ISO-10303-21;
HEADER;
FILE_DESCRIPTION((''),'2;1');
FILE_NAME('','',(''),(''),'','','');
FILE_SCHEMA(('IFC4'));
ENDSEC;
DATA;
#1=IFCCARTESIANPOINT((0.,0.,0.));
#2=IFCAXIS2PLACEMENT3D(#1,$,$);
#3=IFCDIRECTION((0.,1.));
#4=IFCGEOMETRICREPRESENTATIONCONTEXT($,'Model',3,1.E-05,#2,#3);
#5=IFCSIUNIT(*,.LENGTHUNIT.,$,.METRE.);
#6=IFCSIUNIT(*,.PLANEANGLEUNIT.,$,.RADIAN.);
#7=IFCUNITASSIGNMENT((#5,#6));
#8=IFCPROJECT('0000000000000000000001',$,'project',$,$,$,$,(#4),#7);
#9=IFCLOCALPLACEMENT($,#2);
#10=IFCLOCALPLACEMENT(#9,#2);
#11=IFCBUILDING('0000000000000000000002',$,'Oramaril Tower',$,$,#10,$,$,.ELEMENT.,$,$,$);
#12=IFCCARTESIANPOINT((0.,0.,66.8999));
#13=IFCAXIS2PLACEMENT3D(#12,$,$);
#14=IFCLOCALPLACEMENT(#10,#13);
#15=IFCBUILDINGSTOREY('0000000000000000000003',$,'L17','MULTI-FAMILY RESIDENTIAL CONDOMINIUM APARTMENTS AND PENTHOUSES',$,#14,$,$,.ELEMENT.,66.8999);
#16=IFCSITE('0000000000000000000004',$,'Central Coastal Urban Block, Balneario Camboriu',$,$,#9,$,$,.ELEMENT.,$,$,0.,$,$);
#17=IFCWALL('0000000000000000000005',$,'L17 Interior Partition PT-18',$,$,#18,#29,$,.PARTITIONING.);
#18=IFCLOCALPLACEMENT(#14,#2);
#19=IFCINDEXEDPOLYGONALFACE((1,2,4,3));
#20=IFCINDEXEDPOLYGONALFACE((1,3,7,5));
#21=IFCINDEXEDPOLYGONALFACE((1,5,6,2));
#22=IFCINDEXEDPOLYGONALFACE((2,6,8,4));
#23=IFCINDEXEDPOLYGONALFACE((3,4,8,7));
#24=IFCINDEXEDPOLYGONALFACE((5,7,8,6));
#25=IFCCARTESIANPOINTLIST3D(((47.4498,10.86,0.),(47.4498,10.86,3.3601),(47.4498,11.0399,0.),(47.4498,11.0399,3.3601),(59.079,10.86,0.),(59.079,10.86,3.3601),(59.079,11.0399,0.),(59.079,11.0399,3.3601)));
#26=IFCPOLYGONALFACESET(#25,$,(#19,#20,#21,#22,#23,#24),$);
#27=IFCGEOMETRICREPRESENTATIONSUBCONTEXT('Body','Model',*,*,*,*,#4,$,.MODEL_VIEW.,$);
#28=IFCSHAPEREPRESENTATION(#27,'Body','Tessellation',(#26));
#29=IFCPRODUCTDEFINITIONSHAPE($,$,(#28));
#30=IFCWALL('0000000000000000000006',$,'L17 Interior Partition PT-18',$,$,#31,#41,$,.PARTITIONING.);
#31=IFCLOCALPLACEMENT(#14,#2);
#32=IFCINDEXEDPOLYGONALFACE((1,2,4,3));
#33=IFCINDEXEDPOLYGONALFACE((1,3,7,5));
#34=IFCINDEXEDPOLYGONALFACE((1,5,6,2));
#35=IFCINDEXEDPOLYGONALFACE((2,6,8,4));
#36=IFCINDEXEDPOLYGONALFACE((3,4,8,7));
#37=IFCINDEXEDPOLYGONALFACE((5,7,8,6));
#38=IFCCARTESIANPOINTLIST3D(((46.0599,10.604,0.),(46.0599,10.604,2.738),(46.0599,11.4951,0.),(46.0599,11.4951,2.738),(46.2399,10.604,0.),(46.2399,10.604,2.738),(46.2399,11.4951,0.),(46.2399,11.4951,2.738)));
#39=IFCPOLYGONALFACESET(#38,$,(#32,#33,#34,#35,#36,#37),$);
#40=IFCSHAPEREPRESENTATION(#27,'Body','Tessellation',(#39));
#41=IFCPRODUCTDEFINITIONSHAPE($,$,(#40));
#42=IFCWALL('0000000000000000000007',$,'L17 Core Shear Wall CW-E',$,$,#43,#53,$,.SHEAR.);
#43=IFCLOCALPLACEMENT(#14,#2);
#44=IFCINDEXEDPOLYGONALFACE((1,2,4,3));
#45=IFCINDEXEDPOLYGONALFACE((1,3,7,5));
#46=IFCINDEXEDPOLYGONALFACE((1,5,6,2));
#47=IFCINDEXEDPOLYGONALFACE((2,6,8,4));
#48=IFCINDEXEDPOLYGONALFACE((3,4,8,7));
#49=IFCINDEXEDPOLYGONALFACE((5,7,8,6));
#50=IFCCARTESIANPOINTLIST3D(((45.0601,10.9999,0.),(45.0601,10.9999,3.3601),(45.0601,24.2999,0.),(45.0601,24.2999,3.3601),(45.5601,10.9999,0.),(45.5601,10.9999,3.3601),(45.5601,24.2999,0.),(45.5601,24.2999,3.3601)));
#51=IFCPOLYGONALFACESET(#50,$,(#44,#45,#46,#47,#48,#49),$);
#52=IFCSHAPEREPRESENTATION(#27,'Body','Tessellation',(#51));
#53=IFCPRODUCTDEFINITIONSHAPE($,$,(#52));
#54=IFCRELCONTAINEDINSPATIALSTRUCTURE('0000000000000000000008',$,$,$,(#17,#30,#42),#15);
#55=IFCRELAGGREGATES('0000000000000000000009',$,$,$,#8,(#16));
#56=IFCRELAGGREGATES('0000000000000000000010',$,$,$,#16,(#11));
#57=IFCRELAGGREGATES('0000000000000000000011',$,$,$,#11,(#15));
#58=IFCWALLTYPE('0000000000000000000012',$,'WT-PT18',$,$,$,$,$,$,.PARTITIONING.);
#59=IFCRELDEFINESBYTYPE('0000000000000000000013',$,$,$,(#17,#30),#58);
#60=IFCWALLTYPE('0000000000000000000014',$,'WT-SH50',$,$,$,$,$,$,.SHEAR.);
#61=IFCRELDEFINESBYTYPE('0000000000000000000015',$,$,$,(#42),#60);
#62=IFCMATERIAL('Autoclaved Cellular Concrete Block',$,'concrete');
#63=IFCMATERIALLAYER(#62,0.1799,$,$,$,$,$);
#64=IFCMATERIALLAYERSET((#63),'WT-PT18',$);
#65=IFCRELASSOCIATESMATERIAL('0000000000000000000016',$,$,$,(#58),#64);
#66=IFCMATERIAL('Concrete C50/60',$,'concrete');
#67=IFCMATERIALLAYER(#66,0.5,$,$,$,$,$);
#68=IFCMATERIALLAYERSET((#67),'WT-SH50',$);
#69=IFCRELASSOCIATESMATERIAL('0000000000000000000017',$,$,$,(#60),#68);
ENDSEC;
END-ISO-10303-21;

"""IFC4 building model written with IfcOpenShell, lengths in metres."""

from ifc_helpers import new_model, si_unit, direction, frame, frame_2d, origin, place, context, subcontext, project, spatial, rectangle, extrude, material, layer, layer_set, type_object, element, save


model = new_model("IFC4")

# Units and contexts
model_context = context("Model", 3, precision=1e-05, world=origin(), true_north=direction((0.0, 1.0)))
body_context = subcontext(model_context, "Body", "Model", "MODEL_VIEW")
ifc_project = project(units=[si_unit("LENGTHUNIT", "METRE"), si_unit("PLANEANGLEUNIT", "RADIAN")], contexts=[model_context])

# Site, building, storey
site_placement = place(None, origin())
site = spatial("IfcSite", under=ifc_project, at=site_placement, Name="Central Coastal Urban Block, Balneario Camboriu", CompositionType="ELEMENT", RefElevation=0.0)
building_placement = place(site_placement, origin())
building = spatial("IfcBuilding", under=site, at=building_placement, Name="Oramaril Tower", CompositionType="ELEMENT")
storey_placement = place(building_placement, frame((0.0, 0.0, 66.8999)))
storey = spatial("IfcBuildingStorey", under=building, at=storey_placement, Name="L17", Description="MULTI-FAMILY RESIDENTIAL CONDOMINIUM APARTMENTS AND PENTHOUSES", CompositionType="ELEMENT", Elevation=66.8999)

# Walls
ifc_material_1 = material(Name="Autoclaved Cellular Concrete Block", Category="concrete")
ifc_layer_1 = layer(ifc_material_1, 0.1799)
ifc_layer_set_1 = layer_set([ifc_layer_1], Name="WT-PT18")
wall_type_1 = type_object("IfcWallType", Name="WT-PT18", PredefinedType="PARTITIONING", material=ifc_layer_set_1)
wall_1_placement = place(storey_placement, frame((47.45, 10.95, 0.0), z_axis=(0.0, 0.0, 1.0), x_axis=(1.0, 0.0, 0.0)))
element("IfcWall", 1, at=wall_1_placement, inside=storey, type_object=wall_type_1, Name="L17 Interior Partition PT-18", PredefinedType="PARTITIONING", context=body_context, shape_type="SweptSolid", body=[
    extrude(rectangle(XDim=11.6292, YDim=0.1799, at=frame_2d((5.8145, 0.0))), origin(), (0.0, 0.0, 1.0), 3.3601),
])
wall_2_placement = place(storey_placement, frame((46.1499, 10.604, 0.0), z_axis=(0.0, 0.0, 1.0), x_axis=(0.0, 1.0, 0.0)))
element("IfcWall", 2, at=wall_2_placement, inside=storey, type_object=wall_type_1, Name="L17 Interior Partition PT-18", PredefinedType="PARTITIONING", context=body_context, shape_type="SweptSolid", body=[
    extrude(rectangle(XDim=0.8911, YDim=0.1799, at=frame_2d((0.4456, 0.0))), origin(), (0.0, 0.0, 1.0), 2.738),
])
ifc_material_2 = material(Name="Concrete C50/60", Category="concrete")
ifc_layer_2 = layer(ifc_material_2, 0.5)
ifc_layer_set_2 = layer_set([ifc_layer_2], Name="WT-SH50")
wall_type_2 = type_object("IfcWallType", Name="WT-SH50", PredefinedType="SHEAR", material=ifc_layer_set_2)
wall_3_placement = place(storey_placement, frame((45.3101, 11.0, 0.0), z_axis=(0.0, 0.0, 1.0), x_axis=(0.0, 1.0, 0.0)))
element("IfcWall", 3, at=wall_3_placement, inside=storey, type_object=wall_type_2, Name="L17 Core Shear Wall CW-E", PredefinedType="SHEAR", context=body_context, shape_type="SweptSolid", body=[
    extrude(rectangle(XDim=13.3, YDim=0.5, at=frame_2d((6.6499, 0.0))), origin(), (0.0, 0.0, 1.0), 3.3601),
])

save(model, "model.ifc")
